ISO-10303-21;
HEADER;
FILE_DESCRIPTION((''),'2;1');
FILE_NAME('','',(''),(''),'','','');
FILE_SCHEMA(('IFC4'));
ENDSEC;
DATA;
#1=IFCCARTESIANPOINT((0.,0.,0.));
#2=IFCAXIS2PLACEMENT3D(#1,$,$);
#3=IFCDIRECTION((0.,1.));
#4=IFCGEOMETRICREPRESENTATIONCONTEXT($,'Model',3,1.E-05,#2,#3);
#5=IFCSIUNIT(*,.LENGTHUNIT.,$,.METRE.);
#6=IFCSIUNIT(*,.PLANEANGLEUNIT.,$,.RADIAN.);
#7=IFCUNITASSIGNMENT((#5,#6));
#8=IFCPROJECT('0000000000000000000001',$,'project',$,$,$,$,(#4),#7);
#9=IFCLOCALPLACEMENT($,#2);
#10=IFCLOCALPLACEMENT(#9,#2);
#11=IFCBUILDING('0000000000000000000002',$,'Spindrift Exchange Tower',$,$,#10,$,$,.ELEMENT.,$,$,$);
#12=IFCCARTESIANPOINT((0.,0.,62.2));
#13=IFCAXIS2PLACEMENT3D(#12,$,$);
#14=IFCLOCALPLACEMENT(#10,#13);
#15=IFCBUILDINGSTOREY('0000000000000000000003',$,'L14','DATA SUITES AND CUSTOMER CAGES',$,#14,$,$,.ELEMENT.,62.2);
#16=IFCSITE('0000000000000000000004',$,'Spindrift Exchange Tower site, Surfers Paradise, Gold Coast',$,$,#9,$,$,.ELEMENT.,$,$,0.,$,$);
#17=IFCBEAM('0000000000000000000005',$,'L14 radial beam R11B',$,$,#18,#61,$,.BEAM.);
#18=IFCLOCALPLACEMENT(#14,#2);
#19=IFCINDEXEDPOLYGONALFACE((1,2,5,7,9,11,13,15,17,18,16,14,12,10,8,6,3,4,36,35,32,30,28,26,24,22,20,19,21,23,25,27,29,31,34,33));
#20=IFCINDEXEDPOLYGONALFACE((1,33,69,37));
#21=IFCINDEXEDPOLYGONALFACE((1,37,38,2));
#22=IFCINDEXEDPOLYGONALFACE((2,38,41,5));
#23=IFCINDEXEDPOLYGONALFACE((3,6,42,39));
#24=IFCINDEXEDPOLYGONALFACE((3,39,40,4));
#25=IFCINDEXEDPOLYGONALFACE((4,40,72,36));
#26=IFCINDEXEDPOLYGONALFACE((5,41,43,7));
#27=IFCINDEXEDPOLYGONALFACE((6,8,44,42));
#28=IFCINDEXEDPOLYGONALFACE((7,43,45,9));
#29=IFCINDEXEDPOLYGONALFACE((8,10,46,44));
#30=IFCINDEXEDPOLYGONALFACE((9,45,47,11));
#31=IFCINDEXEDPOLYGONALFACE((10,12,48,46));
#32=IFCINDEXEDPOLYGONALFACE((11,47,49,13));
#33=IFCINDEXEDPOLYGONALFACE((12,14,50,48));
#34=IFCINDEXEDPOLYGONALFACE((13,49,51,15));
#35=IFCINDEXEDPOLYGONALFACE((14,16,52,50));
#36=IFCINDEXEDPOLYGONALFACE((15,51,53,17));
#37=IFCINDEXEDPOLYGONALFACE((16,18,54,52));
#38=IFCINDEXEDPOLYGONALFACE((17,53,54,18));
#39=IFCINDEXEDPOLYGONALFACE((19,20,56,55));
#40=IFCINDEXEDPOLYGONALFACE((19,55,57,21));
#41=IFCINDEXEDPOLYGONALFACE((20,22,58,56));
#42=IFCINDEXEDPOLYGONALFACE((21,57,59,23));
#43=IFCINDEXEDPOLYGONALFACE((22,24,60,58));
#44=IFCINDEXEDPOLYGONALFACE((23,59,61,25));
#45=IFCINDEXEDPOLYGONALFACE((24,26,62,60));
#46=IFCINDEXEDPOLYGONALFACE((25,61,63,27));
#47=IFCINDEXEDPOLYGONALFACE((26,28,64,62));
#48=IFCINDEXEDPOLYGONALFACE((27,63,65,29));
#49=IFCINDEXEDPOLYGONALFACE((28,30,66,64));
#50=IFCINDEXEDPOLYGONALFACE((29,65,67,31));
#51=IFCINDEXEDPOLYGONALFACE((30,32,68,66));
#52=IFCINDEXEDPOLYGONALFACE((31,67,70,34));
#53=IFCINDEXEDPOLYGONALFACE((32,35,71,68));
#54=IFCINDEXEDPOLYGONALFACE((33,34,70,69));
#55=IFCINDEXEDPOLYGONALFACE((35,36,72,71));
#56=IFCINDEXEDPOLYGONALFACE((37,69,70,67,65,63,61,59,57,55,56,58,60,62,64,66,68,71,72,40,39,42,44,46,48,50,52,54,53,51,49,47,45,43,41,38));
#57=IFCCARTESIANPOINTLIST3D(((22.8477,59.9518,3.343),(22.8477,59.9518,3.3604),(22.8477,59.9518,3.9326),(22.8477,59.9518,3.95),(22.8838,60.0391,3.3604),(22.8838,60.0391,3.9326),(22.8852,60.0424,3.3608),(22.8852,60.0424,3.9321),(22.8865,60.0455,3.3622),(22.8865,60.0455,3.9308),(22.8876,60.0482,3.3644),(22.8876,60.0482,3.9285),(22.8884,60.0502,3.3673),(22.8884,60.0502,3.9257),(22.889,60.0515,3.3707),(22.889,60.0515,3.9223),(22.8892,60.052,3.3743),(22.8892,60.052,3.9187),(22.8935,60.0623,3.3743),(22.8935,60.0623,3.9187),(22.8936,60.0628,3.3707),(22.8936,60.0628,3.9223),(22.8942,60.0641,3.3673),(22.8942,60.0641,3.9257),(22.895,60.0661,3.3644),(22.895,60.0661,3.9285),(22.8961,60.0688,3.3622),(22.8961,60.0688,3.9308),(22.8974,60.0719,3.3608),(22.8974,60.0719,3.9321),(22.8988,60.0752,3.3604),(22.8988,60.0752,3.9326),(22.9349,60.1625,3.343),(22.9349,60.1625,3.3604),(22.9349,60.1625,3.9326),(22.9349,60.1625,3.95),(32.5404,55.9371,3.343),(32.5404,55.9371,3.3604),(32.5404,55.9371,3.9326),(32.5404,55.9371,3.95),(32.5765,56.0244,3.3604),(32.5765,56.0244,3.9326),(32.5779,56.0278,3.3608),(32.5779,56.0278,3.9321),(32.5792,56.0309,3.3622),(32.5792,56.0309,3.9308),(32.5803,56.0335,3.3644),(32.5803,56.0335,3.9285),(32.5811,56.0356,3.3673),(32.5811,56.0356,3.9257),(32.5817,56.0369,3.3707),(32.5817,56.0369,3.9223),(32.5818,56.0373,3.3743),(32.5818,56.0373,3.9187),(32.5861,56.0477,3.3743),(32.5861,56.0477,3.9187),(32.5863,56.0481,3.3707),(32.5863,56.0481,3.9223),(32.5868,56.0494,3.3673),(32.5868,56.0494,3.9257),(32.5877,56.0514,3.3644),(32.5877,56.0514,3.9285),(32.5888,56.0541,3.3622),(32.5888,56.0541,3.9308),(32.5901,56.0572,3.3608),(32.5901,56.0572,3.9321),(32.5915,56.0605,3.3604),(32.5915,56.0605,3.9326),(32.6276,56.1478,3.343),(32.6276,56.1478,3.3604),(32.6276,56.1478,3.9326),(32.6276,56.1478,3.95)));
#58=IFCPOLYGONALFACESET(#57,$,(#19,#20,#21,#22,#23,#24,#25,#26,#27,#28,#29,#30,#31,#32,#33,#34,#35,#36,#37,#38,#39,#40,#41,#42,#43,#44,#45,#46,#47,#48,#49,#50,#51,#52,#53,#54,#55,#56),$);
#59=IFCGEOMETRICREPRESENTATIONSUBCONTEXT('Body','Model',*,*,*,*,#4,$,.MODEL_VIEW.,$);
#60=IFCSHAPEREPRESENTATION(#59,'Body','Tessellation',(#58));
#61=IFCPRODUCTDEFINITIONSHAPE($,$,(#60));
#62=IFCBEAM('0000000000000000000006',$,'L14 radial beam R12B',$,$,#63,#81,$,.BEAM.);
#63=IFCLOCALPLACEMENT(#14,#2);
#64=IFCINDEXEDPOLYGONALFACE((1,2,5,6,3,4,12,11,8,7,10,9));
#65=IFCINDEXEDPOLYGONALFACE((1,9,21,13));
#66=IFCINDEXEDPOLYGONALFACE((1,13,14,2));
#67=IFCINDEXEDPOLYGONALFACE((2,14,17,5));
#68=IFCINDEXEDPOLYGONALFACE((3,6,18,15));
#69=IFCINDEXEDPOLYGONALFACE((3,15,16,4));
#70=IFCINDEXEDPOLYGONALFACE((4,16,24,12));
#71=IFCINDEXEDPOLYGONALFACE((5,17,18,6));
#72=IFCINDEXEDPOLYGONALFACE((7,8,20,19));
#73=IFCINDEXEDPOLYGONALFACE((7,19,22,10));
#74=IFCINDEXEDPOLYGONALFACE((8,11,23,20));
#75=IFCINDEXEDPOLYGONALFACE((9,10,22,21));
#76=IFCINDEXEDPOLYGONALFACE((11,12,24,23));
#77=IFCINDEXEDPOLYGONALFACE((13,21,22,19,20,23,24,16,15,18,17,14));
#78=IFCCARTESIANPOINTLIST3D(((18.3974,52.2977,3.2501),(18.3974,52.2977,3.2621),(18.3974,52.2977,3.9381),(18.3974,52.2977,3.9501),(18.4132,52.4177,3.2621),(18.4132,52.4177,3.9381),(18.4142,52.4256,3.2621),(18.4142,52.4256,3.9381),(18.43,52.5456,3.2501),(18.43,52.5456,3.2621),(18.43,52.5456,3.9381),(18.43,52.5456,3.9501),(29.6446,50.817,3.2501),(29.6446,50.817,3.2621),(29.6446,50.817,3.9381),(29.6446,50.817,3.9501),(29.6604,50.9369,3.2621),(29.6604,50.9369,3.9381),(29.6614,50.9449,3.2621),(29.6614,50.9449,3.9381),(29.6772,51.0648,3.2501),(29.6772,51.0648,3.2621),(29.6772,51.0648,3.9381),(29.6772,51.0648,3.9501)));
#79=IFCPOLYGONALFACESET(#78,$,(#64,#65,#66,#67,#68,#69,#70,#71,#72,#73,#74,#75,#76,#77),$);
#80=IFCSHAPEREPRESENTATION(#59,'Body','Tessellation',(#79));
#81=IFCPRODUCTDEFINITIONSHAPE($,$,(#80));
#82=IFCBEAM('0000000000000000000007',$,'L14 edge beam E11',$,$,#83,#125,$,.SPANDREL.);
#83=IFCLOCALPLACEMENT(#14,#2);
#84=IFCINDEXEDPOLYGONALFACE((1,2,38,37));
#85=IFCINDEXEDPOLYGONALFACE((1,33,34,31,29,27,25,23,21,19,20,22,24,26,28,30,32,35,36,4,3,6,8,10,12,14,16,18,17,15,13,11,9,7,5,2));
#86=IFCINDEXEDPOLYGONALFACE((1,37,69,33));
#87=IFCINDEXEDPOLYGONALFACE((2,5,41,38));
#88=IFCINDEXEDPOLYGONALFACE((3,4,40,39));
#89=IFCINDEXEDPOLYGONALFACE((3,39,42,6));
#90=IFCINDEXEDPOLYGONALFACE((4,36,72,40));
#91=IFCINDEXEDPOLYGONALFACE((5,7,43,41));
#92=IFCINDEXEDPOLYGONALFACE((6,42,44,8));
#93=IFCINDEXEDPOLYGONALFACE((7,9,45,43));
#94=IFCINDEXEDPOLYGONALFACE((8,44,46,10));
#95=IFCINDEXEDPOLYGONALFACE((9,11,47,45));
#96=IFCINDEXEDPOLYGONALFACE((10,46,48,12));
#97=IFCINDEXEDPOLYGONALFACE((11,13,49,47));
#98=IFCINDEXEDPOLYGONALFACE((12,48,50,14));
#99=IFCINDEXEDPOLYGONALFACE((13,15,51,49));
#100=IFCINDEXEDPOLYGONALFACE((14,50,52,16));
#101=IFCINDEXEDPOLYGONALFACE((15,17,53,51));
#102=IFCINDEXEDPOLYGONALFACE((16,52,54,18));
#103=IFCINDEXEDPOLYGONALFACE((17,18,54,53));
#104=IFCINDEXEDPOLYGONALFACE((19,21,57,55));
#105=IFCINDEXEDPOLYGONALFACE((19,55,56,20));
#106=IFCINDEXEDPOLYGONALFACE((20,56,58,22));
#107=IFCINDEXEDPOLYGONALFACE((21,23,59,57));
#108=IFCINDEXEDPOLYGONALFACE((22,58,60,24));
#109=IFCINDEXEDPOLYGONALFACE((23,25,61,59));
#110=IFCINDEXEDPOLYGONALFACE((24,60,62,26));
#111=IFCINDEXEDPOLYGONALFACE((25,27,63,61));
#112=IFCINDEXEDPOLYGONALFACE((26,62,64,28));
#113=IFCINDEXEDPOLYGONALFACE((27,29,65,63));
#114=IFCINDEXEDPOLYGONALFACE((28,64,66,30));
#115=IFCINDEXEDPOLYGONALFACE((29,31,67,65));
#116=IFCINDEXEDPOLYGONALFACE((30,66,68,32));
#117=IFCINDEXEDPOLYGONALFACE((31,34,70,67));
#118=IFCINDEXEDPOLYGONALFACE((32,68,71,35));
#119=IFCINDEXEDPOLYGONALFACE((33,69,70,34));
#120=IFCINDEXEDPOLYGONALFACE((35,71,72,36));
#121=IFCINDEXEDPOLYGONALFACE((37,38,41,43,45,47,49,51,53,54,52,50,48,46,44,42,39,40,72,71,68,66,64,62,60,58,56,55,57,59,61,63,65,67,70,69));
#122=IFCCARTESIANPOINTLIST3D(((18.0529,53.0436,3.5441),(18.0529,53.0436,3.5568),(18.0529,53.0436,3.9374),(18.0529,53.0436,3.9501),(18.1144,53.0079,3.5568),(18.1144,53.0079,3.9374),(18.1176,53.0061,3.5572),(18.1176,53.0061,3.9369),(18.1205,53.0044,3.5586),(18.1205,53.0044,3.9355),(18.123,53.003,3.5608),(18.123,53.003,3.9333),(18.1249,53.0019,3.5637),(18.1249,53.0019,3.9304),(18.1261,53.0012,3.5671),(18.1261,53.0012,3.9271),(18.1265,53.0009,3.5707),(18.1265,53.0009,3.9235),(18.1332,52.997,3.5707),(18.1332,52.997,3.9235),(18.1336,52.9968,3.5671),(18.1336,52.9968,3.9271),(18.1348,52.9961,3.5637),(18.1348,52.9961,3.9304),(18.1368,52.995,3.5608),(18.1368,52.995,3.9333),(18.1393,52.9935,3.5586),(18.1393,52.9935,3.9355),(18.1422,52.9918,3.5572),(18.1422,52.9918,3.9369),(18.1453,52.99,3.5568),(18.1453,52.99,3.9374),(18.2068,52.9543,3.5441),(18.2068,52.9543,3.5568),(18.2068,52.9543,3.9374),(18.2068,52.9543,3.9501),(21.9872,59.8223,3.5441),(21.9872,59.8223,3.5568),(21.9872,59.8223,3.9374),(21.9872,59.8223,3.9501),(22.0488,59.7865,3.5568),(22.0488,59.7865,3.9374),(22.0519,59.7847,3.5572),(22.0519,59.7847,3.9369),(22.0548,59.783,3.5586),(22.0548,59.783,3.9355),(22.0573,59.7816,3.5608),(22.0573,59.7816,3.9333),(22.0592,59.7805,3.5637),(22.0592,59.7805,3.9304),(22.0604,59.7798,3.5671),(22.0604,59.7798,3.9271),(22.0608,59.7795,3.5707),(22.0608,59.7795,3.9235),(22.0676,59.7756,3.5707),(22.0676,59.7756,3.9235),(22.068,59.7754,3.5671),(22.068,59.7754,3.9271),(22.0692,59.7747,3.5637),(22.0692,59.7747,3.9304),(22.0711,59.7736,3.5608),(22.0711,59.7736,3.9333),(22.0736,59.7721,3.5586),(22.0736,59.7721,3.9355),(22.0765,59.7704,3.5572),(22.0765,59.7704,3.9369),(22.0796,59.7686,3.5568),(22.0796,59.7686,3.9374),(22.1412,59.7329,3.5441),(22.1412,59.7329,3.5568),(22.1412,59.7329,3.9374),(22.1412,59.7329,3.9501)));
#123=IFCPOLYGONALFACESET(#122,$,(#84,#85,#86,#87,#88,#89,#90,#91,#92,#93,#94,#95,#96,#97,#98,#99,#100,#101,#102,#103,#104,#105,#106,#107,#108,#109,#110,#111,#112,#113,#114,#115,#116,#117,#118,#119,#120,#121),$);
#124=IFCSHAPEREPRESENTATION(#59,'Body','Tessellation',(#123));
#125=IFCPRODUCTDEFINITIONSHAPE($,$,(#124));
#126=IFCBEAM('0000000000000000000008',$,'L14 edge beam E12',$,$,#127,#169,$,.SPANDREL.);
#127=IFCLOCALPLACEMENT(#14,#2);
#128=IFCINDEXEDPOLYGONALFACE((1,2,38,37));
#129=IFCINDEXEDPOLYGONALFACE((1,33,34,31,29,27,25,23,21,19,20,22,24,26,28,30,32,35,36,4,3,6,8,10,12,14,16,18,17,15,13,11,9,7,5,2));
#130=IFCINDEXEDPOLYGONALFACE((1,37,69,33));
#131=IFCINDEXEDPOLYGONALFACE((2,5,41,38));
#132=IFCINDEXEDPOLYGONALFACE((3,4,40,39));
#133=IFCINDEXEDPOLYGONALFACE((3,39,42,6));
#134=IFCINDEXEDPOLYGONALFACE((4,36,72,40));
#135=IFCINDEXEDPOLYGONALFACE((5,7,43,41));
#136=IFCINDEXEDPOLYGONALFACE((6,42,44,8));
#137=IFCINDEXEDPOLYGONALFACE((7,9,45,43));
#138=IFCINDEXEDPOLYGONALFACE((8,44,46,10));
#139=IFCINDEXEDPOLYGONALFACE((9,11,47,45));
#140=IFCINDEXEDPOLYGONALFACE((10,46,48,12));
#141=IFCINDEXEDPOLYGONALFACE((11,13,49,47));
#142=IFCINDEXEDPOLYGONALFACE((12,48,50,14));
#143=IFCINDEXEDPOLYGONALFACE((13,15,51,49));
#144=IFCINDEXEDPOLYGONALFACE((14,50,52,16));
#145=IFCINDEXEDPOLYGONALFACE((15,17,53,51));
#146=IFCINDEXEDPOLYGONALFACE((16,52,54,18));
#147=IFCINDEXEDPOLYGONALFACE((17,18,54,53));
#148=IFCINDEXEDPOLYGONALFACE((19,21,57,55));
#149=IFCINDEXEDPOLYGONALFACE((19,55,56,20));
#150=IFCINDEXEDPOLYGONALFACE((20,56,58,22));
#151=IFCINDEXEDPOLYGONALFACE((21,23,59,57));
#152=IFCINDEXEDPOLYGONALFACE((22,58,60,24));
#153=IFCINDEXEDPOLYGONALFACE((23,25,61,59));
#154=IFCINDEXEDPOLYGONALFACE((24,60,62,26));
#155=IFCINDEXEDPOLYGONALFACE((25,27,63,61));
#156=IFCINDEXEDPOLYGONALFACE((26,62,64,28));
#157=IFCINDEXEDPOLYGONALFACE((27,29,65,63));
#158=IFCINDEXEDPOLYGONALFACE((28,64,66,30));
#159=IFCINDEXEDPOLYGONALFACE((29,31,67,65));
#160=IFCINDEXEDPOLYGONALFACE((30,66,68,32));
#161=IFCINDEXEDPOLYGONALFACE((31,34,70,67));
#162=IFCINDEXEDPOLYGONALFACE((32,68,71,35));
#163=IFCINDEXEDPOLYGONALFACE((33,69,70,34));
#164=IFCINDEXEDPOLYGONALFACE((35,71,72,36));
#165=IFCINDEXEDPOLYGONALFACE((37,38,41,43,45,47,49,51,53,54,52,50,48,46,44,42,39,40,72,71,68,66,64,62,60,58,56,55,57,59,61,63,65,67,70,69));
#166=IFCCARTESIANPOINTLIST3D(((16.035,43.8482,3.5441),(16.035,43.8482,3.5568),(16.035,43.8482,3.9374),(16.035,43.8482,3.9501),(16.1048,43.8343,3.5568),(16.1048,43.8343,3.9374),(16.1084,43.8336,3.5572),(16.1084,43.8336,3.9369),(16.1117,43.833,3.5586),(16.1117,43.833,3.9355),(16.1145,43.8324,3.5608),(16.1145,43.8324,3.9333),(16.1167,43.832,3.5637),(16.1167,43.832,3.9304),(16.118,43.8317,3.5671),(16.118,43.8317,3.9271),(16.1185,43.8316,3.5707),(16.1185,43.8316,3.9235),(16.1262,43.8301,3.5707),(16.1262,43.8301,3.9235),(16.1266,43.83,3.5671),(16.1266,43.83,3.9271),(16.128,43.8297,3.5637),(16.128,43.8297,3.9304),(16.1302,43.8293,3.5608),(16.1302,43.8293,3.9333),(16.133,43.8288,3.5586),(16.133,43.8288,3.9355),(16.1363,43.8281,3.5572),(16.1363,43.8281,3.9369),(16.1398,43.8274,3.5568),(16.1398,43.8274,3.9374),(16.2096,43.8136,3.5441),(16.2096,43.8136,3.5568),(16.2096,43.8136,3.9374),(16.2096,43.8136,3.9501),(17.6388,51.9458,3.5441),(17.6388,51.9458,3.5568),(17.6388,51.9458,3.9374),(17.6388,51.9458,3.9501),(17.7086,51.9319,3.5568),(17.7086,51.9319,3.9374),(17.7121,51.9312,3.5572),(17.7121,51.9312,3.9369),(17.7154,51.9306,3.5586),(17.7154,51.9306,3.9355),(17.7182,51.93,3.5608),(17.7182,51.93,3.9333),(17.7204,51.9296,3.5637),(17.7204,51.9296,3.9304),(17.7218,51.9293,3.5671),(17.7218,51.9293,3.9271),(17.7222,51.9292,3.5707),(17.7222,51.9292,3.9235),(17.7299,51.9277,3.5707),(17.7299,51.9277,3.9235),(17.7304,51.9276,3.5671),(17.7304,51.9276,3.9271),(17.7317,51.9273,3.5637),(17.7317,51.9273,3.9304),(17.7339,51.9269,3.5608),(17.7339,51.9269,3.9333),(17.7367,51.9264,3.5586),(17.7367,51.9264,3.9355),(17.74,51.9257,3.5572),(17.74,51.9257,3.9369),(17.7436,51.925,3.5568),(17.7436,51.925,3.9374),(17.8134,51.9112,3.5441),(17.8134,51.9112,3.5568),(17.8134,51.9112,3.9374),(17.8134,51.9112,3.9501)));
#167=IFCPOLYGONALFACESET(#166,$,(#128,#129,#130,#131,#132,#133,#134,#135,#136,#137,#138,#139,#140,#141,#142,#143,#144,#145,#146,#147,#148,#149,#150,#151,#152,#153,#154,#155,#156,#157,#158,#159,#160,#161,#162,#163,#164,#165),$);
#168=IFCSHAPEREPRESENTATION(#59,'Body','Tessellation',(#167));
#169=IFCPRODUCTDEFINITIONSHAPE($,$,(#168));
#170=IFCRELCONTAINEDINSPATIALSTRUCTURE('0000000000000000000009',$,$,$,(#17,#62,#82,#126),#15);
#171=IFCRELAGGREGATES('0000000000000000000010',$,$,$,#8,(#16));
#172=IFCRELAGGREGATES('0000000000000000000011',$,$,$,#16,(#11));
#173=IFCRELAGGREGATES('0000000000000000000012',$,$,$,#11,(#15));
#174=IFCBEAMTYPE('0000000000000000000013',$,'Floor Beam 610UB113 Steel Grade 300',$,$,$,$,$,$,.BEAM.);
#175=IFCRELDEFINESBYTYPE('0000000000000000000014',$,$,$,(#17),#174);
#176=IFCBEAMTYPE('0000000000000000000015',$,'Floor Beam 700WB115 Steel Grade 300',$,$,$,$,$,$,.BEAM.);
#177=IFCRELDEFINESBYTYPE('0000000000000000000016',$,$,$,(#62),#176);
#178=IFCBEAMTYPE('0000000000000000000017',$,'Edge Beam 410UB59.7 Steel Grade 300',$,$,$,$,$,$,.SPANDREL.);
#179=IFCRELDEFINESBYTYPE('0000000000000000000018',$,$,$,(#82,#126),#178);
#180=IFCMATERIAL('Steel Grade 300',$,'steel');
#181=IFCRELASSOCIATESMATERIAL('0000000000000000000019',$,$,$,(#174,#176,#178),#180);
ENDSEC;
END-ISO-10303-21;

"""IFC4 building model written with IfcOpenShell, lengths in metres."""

from ifc_helpers import new_model, si_unit, direction, frame, origin, origin_2d, place, context, subcontext, project, spatial, i_section, extrude, source, transform, mapped, material, material_profile, profile_set, type_object, element, save


model = new_model("IFC4")

# Units and contexts
model_context = context("Model", 3, precision=1e-05, world=origin(), true_north=direction((0.0, 1.0)))
body_context = subcontext(model_context, "Body", "Model", "MODEL_VIEW")
ifc_project = project(units=[si_unit("LENGTHUNIT", "METRE"), si_unit("PLANEANGLEUNIT", "RADIAN")], contexts=[model_context])

# Site, building, storey
site_placement = place(None, origin())
site = spatial("IfcSite", under=ifc_project, at=site_placement, Name="Spindrift Exchange Tower site, Surfers Paradise, Gold Coast", CompositionType="ELEMENT", RefElevation=0.0)
building_placement = place(site_placement, origin())
building = spatial("IfcBuilding", under=site, at=building_placement, Name="Spindrift Exchange Tower", CompositionType="ELEMENT")
storey_placement = place(building_placement, frame((0.0, 0.0, 62.2)))
storey = spatial("IfcBuildingStorey", under=building, at=storey_placement, Name="L14", Description="DATA SUITES AND CUSTOMER CAGES", CompositionType="ELEMENT", Elevation=62.2)

# Beams
ifc_material_1 = material(Name="Steel Grade 300", Category="steel")
ifc_material_profile_1 = material_profile(ifc_material_1, i_section(OverallWidth=0.228, OverallDepth=0.6069, WebThickness=0.0112, FlangeThickness=0.0173, FilletRadius=0.0139, at=origin_2d()), Name="610UB113")
ifc_profile_set_1 = profile_set([ifc_material_profile_1], Name="Steel Grade 300")
beam_type_1 = type_object("IfcBeamType", Name="Floor Beam 610UB113 Steel Grade 300", PredefinedType="BEAM", material=ifc_profile_set_1)
shared_shape_1 = source(origin(), body_context, "Body", "SweptSolid", [
    extrude(i_section(OverallWidth=0.228, OverallDepth=0.6069, WebThickness=0.0112, FlangeThickness=0.0173, FilletRadius=0.0139, at=origin_2d()), origin(), (0.0, 0.0, 1.0), 10.4912),
])
beam_1_placement = place(storey_placement, frame((32.584, 56.0425, 3.6465), z_axis=(-0.923885, 0.38267, 0.0), x_axis=(-0.38267, -0.923885, 0.0)))
element("IfcBeam", 1, at=beam_1_placement, inside=storey, type_object=beam_type_1, Name="L14 radial beam R11B", PredefinedType="BEAM", context=body_context, shape_type="MappedRepresentation", body=[
    mapped(shared_shape_1, transform((0.0, 0.0, 0.0), scale=1.0)),
])
ifc_material_profile_2 = material_profile(ifc_material_1, i_section(OverallWidth=0.25, OverallDepth=0.7, WebThickness=0.0081, FlangeThickness=0.012, at=origin_2d()), Name="700WB115")
ifc_profile_set_2 = profile_set([ifc_material_profile_2], Name="Steel Grade 300")
beam_type_2 = type_object("IfcBeamType", Name="Floor Beam 700WB115 Steel Grade 300", PredefinedType="BEAM", material=ifc_profile_set_2)
shared_shape_2 = source(origin(), body_context, "Body", "SweptSolid", [
    extrude(i_section(OverallWidth=0.25, OverallDepth=0.7, WebThickness=0.0081, FlangeThickness=0.012, at=origin_2d()), origin(), (0.0, 0.0, 1.0), 11.3442),
])
beam_2_placement = place(storey_placement, frame((29.6609, 50.9409, 3.6001), z_axis=(-0.991445, 0.130527, 0.0), x_axis=(-0.130527, -0.991445, 0.0)))
element("IfcBeam", 2, at=beam_2_placement, inside=storey, type_object=beam_type_2, Name="L14 radial beam R12B", PredefinedType="BEAM", context=body_context, shape_type="MappedRepresentation", body=[
    mapped(shared_shape_2, transform((0.0, 0.0, 0.0), scale=1.0)),
])
ifc_material_profile_3 = material_profile(ifc_material_1, i_section(OverallWidth=0.178, OverallDepth=0.406, WebThickness=0.0078, FlangeThickness=0.0127, FilletRadius=0.0139, at=origin_2d()), Name="410UB59.7")
ifc_profile_set_3 = profile_set([ifc_material_profile_3], Name="Steel Grade 300")
beam_type_3 = type_object("IfcBeamType", Name="Edge Beam 410UB59.7 Steel Grade 300", PredefinedType="SPANDREL", material=ifc_profile_set_3)
shared_shape_3 = source(origin(), body_context, "Body", "SweptSolid", [
    extrude(i_section(OverallWidth=0.178, OverallDepth=0.406, WebThickness=0.0078, FlangeThickness=0.0127, FilletRadius=0.0139, at=origin_2d()), origin(), (0.0, 0.0, 1.0), 7.8376),
])
beam_3_placement = place(storey_placement, frame((22.0642, 59.7776, 3.7471), z_axis=(-0.501981, -0.864878, 0.0), x_axis=(0.864878, -0.501981, 0.0)))
element("IfcBeam", 3, at=beam_3_placement, inside=storey, type_object=beam_type_3, Name="L14 edge beam E11", PredefinedType="SPANDREL", context=body_context, shape_type="MappedRepresentation", body=[
    mapped(shared_shape_3, transform((0.0, 0.0, 0.0), scale=1.0)),
])
shared_shape_4 = source(origin(), body_context, "Body", "SweptSolid", [
    extrude(i_section(OverallWidth=0.178, OverallDepth=0.406, WebThickness=0.0078, FlangeThickness=0.0127, FilletRadius=0.0139, at=origin_2d()), origin(), (0.0, 0.0, 1.0), 8.2549),
])
beam_4_placement = place(storey_placement, frame((17.7261, 51.9285, 3.7471), z_axis=(-0.194279, -0.980946, 0.0), x_axis=(0.980946, -0.194279, 0.0)))
element("IfcBeam", 4, at=beam_4_placement, inside=storey, type_object=beam_type_3, Name="L14 edge beam E12", PredefinedType="SPANDREL", context=body_context, shape_type="MappedRepresentation", body=[
    mapped(shared_shape_4, transform((0.0, 0.0, 0.0), scale=1.0)),
])

save(model, "model.ifc")
